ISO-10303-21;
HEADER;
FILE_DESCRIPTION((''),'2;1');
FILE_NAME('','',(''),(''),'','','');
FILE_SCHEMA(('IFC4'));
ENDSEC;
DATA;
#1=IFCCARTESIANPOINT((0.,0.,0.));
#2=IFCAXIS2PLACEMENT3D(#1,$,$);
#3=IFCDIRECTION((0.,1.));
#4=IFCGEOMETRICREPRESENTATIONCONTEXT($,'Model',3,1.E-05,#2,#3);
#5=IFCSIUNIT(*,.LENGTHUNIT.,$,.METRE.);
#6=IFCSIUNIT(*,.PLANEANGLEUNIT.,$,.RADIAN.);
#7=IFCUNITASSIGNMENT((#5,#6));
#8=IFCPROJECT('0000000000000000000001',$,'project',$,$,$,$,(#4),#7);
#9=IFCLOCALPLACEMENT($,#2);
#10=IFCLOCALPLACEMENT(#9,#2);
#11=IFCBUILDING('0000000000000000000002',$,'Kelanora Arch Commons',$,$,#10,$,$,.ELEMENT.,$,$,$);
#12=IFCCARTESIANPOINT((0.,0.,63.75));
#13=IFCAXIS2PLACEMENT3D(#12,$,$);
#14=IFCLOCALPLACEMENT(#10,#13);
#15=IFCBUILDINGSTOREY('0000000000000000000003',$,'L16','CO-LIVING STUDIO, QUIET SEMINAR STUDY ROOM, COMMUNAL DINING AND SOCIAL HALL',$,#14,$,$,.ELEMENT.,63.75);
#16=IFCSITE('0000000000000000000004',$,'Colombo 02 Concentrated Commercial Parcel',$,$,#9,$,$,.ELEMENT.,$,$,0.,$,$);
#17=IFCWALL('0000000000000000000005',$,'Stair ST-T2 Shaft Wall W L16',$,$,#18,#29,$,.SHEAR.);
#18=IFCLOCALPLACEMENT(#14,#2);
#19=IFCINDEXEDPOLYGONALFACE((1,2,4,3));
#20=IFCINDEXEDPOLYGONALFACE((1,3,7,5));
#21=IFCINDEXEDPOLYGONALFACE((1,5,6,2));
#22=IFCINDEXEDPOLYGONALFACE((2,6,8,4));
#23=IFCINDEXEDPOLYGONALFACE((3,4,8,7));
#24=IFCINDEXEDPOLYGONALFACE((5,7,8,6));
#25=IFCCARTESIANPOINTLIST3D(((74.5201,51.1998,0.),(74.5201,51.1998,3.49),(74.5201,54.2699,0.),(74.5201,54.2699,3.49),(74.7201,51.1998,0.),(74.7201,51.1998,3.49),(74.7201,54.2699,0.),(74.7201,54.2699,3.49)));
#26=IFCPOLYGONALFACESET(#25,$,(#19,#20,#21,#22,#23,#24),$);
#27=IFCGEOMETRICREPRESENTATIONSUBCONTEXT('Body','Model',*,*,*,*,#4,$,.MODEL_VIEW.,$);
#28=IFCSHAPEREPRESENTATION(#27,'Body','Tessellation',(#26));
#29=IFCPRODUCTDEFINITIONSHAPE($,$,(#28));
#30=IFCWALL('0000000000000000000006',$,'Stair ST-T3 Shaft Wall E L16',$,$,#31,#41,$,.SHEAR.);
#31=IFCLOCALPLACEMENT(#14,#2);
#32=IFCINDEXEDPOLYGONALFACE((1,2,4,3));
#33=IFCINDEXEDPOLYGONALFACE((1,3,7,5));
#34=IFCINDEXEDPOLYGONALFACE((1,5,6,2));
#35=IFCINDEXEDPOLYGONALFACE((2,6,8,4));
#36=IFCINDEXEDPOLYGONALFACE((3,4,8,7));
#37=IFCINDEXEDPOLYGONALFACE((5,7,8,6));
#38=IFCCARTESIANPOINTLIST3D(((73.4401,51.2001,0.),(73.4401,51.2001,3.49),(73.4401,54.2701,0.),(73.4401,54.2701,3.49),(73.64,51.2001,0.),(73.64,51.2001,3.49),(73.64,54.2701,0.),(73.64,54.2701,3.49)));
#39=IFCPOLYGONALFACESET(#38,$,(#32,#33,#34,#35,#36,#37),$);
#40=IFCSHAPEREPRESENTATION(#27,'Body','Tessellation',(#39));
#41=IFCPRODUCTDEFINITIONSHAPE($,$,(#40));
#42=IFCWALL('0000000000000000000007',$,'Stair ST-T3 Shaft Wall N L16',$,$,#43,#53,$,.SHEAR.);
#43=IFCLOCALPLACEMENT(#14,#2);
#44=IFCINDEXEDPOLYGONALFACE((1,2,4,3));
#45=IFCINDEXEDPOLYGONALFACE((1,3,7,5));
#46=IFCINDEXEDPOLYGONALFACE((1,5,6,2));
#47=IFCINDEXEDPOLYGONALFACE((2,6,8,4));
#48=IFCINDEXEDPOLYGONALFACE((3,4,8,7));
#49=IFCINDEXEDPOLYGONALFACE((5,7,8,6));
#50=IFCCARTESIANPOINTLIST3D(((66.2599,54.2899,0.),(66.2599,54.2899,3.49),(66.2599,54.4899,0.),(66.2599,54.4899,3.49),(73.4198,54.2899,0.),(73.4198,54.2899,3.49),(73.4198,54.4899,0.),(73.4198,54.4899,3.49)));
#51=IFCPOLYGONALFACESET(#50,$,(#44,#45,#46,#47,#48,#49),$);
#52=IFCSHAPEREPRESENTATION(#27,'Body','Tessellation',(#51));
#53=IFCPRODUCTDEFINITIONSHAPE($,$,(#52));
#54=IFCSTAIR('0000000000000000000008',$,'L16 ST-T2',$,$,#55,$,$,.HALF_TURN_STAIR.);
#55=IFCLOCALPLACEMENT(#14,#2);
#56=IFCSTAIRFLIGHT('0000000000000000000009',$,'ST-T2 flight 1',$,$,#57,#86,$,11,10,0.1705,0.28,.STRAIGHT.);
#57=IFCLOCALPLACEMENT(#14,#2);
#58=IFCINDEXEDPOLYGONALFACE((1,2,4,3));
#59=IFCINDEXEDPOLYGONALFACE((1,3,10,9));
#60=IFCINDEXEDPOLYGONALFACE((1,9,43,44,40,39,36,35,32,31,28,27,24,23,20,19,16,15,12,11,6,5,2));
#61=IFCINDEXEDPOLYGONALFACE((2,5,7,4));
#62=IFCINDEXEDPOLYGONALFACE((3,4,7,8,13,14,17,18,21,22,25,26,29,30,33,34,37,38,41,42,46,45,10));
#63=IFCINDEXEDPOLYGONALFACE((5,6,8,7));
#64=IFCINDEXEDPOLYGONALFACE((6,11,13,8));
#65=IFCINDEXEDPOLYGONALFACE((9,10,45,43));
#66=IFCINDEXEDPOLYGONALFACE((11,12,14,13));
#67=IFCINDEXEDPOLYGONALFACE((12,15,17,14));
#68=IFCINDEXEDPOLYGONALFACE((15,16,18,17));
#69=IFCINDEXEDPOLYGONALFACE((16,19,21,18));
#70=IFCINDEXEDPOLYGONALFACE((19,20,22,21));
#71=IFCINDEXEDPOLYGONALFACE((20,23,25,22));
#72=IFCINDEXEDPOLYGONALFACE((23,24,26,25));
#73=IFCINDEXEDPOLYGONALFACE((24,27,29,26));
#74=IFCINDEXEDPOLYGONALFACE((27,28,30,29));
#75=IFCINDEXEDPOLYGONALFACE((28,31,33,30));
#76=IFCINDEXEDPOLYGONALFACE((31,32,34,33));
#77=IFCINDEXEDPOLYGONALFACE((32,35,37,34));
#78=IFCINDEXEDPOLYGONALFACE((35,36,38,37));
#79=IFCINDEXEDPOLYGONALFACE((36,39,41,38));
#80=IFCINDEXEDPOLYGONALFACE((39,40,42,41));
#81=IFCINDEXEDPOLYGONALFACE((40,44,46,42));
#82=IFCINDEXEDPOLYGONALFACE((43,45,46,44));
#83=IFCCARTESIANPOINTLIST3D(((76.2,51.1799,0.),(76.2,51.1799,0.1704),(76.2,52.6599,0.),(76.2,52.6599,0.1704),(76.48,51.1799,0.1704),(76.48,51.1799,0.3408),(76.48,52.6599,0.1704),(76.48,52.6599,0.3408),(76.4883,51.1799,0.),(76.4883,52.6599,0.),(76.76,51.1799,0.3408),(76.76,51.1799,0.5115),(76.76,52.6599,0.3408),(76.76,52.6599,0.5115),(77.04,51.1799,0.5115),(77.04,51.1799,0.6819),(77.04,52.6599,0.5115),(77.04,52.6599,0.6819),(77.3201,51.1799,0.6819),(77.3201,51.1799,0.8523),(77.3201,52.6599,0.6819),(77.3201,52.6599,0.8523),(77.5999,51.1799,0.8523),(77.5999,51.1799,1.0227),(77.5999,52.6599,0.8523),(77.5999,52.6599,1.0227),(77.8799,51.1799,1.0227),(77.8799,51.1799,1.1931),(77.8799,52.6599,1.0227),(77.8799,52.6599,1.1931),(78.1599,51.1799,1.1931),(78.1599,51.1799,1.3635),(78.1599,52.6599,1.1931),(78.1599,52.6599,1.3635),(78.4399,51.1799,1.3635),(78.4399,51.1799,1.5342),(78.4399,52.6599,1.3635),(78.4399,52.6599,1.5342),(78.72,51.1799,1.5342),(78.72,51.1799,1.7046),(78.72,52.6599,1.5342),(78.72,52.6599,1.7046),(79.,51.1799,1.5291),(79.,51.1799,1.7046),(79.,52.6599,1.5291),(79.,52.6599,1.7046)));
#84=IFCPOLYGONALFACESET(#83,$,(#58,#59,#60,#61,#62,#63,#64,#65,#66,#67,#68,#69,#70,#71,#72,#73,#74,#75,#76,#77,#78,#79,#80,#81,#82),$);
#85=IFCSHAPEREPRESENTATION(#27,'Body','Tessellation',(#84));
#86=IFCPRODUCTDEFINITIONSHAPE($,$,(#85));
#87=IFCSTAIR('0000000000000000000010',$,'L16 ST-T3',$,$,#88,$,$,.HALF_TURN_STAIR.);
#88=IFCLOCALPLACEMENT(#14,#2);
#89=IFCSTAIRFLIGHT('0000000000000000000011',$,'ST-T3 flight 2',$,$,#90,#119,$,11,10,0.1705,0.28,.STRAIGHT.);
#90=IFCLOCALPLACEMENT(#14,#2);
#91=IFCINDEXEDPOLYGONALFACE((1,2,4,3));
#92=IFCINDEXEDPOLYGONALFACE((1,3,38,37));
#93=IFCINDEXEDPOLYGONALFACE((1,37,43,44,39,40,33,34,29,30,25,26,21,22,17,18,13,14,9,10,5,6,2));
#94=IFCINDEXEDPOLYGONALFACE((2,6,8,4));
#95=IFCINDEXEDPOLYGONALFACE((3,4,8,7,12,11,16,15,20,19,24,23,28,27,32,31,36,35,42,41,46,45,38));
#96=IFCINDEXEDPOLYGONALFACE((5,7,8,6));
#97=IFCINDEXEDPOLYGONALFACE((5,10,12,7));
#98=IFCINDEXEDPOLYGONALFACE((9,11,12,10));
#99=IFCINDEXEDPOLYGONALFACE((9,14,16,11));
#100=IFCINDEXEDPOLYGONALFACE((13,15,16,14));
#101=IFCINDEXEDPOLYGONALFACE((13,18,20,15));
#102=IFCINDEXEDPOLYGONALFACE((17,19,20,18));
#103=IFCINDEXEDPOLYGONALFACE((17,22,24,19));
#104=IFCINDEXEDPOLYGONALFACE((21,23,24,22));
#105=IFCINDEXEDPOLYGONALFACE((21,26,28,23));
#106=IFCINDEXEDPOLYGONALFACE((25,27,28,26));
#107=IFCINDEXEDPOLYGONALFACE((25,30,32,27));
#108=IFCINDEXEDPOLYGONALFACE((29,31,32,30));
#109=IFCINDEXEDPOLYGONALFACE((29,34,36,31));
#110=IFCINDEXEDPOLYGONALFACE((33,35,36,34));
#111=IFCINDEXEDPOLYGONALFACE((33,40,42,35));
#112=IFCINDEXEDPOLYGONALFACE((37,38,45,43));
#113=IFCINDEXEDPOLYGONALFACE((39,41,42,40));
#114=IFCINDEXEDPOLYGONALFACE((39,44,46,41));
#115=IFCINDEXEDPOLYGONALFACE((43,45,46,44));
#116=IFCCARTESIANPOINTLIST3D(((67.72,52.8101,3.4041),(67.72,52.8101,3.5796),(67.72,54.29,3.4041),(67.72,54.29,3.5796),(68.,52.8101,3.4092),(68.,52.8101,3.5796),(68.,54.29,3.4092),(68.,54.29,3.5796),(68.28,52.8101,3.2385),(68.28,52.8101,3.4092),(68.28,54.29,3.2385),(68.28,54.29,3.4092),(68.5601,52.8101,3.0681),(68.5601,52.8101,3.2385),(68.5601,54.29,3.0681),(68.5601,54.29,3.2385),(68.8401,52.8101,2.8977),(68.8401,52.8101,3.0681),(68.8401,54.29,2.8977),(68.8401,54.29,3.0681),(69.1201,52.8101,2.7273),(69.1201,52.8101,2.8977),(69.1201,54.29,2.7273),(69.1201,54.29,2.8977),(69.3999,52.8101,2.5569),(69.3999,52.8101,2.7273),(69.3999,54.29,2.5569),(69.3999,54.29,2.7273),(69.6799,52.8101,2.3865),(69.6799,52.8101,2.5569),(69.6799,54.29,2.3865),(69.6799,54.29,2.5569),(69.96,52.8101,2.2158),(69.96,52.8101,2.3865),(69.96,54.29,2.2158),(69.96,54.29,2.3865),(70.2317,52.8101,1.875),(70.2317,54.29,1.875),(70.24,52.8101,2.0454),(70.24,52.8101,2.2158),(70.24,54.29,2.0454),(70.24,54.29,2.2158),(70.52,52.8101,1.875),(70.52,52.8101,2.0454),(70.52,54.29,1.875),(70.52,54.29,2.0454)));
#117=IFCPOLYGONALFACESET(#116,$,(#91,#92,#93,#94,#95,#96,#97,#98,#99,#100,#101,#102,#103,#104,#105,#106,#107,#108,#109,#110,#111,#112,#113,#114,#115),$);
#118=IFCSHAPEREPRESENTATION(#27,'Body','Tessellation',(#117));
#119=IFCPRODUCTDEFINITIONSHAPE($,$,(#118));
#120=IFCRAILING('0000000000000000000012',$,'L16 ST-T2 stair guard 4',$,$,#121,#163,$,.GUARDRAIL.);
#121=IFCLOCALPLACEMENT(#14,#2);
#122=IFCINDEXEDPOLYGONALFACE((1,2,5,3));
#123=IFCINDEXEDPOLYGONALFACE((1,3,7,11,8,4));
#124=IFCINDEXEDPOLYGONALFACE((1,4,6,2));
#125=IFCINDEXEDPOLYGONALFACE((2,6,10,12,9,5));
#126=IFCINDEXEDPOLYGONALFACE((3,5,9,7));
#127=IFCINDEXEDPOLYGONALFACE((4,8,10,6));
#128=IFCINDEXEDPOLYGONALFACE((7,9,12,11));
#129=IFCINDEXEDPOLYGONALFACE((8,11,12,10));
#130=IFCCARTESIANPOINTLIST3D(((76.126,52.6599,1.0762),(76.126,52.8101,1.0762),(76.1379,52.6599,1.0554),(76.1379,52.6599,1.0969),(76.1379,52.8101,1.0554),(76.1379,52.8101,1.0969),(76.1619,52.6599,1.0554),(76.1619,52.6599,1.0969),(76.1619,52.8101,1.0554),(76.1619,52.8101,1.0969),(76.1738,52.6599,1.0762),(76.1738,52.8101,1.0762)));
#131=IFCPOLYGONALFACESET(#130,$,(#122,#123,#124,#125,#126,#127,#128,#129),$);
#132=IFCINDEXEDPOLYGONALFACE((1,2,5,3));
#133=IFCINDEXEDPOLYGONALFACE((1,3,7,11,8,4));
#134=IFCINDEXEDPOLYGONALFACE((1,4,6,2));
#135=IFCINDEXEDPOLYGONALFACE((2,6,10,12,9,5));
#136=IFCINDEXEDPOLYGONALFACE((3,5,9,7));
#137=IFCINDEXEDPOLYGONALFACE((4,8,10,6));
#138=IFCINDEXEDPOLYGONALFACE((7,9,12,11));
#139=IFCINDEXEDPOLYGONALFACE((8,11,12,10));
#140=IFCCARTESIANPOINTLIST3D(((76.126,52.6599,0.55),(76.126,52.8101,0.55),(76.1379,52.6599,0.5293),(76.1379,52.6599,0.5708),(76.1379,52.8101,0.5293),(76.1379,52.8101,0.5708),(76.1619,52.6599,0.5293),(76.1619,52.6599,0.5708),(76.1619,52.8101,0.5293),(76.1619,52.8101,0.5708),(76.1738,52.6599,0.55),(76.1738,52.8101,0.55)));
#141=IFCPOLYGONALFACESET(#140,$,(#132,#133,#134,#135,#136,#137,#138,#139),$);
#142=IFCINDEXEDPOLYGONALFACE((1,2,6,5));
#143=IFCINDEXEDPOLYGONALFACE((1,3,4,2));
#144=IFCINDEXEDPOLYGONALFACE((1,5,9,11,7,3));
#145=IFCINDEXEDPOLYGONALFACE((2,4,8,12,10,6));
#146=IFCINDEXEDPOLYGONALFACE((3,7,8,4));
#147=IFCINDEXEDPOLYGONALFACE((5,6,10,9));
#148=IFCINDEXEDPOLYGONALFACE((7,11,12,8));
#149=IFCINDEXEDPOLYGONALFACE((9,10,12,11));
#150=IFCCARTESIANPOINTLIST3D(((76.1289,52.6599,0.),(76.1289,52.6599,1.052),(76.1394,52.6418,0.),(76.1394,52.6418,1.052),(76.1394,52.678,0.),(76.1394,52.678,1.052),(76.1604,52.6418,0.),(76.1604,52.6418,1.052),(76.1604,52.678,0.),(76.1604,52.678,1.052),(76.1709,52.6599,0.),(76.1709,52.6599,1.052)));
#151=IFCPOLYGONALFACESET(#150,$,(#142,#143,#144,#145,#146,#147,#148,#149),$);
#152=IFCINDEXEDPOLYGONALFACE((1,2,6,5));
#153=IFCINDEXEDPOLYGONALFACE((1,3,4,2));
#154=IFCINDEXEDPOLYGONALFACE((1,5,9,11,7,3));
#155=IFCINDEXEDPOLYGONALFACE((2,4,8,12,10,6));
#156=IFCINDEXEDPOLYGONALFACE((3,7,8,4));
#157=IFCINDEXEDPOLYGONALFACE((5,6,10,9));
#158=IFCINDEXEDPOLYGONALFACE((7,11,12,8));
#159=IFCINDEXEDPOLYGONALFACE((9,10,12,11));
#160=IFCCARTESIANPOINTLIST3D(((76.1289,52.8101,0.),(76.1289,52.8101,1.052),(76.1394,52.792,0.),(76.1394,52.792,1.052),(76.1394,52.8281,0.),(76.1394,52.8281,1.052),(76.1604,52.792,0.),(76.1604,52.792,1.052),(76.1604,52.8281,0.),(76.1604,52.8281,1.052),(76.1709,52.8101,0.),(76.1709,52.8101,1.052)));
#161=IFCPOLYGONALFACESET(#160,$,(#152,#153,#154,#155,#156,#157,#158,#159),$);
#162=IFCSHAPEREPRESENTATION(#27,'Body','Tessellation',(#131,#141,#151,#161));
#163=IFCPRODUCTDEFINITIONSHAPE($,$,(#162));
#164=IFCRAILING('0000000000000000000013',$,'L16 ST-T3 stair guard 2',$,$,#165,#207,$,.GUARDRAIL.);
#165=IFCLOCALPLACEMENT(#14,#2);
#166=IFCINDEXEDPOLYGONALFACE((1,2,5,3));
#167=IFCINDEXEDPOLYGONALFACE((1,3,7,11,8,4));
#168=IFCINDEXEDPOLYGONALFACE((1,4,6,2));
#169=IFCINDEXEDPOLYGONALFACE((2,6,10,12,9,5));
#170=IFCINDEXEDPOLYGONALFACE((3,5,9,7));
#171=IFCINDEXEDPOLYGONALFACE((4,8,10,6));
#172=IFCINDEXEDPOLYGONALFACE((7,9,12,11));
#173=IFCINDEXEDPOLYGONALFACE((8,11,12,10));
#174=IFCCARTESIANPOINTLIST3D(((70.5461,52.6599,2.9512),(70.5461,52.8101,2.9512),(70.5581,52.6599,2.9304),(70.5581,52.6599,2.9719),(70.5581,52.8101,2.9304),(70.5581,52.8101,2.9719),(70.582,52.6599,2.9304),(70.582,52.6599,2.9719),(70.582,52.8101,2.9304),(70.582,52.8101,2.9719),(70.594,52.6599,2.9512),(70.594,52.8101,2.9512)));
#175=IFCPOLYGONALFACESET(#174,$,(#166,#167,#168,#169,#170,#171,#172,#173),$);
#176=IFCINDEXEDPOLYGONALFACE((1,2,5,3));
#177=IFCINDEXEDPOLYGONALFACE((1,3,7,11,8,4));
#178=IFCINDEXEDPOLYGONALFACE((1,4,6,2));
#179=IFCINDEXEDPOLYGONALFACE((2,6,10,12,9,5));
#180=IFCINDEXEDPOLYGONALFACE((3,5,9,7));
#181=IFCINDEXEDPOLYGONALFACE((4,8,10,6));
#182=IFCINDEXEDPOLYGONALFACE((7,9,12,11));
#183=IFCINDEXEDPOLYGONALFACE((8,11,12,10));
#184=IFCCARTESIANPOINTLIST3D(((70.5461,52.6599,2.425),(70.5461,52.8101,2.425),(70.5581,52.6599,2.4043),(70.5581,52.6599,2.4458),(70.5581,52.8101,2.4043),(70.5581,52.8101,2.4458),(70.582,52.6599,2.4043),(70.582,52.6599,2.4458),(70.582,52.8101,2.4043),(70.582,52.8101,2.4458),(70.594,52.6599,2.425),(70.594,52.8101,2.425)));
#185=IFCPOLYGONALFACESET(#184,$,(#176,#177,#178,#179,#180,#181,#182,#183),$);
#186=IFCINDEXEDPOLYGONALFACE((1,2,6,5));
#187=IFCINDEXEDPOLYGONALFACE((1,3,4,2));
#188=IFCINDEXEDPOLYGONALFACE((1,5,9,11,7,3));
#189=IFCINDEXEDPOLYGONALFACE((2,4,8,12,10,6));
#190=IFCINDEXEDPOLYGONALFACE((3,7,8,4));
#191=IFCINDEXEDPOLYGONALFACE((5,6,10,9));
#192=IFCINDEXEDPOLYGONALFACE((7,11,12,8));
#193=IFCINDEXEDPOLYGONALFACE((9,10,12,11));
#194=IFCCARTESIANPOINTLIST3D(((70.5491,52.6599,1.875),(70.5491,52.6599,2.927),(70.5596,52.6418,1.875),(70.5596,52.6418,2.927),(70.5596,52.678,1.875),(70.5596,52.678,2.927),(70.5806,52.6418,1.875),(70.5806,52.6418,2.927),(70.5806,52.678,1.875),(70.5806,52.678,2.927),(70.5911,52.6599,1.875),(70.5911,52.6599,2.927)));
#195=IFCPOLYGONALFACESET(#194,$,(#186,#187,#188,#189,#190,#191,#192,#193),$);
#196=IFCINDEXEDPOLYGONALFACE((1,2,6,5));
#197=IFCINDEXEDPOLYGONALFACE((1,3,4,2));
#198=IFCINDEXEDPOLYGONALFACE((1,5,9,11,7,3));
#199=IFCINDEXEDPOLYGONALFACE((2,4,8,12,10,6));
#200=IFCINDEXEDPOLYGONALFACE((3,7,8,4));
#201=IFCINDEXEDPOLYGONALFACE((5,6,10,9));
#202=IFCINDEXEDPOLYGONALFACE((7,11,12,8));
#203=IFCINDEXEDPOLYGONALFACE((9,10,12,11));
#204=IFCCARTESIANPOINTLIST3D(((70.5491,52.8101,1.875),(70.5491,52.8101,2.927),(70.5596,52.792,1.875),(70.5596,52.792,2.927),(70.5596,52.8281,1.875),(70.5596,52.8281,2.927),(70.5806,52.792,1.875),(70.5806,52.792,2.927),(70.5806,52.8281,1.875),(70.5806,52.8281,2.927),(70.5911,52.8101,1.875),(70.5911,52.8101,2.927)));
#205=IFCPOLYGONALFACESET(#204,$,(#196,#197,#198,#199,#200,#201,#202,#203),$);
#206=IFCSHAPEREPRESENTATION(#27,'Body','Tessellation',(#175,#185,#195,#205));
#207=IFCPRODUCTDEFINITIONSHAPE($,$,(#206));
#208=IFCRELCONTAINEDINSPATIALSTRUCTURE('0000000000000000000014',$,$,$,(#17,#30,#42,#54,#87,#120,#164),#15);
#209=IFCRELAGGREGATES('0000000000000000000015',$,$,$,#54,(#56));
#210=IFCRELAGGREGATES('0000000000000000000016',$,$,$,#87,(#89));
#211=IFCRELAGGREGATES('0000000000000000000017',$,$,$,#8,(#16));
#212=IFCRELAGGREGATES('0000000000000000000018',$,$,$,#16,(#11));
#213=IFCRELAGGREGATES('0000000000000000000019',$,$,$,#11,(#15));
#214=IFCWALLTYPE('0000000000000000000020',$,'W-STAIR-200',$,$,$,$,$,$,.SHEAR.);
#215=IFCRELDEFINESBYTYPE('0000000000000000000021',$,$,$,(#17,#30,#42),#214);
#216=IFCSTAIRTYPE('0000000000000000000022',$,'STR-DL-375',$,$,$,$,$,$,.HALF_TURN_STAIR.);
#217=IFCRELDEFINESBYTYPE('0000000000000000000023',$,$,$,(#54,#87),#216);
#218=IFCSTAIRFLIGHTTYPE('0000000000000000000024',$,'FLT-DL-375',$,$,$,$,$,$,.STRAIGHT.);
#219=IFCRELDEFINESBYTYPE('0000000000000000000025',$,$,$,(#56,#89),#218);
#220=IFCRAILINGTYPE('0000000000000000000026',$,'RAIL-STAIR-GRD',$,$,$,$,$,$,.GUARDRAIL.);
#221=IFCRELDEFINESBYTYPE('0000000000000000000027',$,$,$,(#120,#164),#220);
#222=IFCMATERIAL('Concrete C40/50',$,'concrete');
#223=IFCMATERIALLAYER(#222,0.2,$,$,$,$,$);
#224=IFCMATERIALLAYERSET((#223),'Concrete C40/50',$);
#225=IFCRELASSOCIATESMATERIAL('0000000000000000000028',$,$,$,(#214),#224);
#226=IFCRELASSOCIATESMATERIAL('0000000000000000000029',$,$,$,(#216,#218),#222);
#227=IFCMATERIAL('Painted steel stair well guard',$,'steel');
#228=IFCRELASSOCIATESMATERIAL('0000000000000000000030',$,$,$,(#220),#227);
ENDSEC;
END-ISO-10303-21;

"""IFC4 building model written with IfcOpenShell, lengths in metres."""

from ifc_helpers import new_model, si_unit, direction, frame, frame_2d, origin, place, context, subcontext, project, spatial, polyline, rectangle, outline, extrude, material, layer, layer_set, type_object, element, aggregate, save


model = new_model("IFC4")

# Units and contexts
model_context = context("Model", 3, precision=1e-05, world=origin(), true_north=direction((0.0, 1.0)))
body_context = subcontext(model_context, "Body", "Model", "MODEL_VIEW")
ifc_project = project(units=[si_unit("LENGTHUNIT", "METRE"), si_unit("PLANEANGLEUNIT", "RADIAN")], contexts=[model_context])

# Site, building, storey
site_placement = place(None, origin())
site = spatial("IfcSite", under=ifc_project, at=site_placement, Name="Colombo 02 Concentrated Commercial Parcel", CompositionType="ELEMENT", RefElevation=0.0)
building_placement = place(site_placement, origin())
building = spatial("IfcBuilding", under=site, at=building_placement, Name="Kelanora Arch Commons", CompositionType="ELEMENT")
storey_placement = place(building_placement, frame((0.0, 0.0, 63.75)))
storey = spatial("IfcBuildingStorey", under=building, at=storey_placement, Name="L16", Description="CO-LIVING STUDIO, QUIET SEMINAR STUDY ROOM, COMMUNAL DINING AND SOCIAL HALL", CompositionType="ELEMENT", Elevation=63.75)

# Shared definitions
ifc_material_1 = material(Name="Concrete C40/50", Category="concrete")
ifc_layer_1 = layer(ifc_material_1, 0.2)
ifc_layer_set_1 = layer_set([ifc_layer_1], Name="Concrete C40/50")
wall_type_1 = type_object("IfcWallType", Name="W-STAIR-200", PredefinedType="SHEAR", material=ifc_layer_set_1)

# Walls
for number, where, z_axis, x_axis, name in (
    (1, (74.6201, 54.27, 0.0), (0.0, 0.0, 1.0), (0.0, -1.0, 0.0), "Stair ST-T2 Shaft Wall W L16"),
    (2, (73.54, 51.2, 0.0), (0.0, 0.0, 1.0), (0.0, 1.0, 0.0), "Stair ST-T3 Shaft Wall E L16"),
):
    element("IfcWall", number, at=place(storey_placement, frame(where, z_axis=z_axis, x_axis=x_axis)), inside=storey, type_object=wall_type_1, Name=name, PredefinedType="SHEAR", context=body_context, shape_type="SweptSolid", body=[
        extrude(rectangle(XDim=3.0701, YDim=0.2, at=frame_2d((1.5352, 0.0))), origin(), (0.0, 0.0, 1.0), 3.49),
    ])
wall_1_placement = place(storey_placement, frame((73.4199, 54.3899, 0.0), z_axis=(0.0, 0.0, 1.0), x_axis=(-1.0, 0.0, 0.0)))
element("IfcWall", 3, at=wall_1_placement, inside=storey, type_object=wall_type_1, Name="Stair ST-T3 Shaft Wall N L16", PredefinedType="SHEAR", context=body_context, shape_type="SweptSolid", body=[
    extrude(rectangle(XDim=7.1599, YDim=0.2, at=frame_2d((3.5801, 0.0))), origin(), (0.0, 0.0, 1.0), 3.49),
])

# Stairs, stair flights
stair_type = type_object("IfcStairType", Name="STR-DL-375", PredefinedType="HALF_TURN_STAIR", material=ifc_material_1)
stair_1_placement = place(storey_placement, origin())
stair_1 = element("IfcStair", 4, at=stair_1_placement, inside=storey, type_object=stair_type, Name="L16 ST-T2", PredefinedType="HALF_TURN_STAIR")
stair_flight_type = type_object("IfcStairFlightType", Name="FLT-DL-375", PredefinedType="STRAIGHT", material=ifc_material_1)
stair_flight_1_placement = place(storey_placement, frame((76.2, 51.9199, 0.0), z_axis=(0.0, 0.0, 1.0), x_axis=(1.0, 0.0, 0.0)))
stair_flight_1 = element("IfcStairFlight", 5, at=stair_flight_1_placement, type_object=stair_flight_type, Name="ST-T2 flight 1", NumberOfRisers=11, NumberOfTreads=10, PredefinedType="STRAIGHT", RiserHeight=0.1705, TreadLength=0.28, context=body_context, shape_type="SweptSolid", body=[
    extrude(outline(polyline([(0.0, 0.0), (0.0, 0.1704), (0.28, 0.1704), (0.28, 0.3408), (0.5601, 0.3408), (0.5601, 0.5115), (0.8401, 0.5115), (0.8401, 0.6819), (1.1201, 0.6819), (1.1201, 0.8523), (1.3999, 0.8523), (1.3999, 1.0227), (1.6799, 1.0227), (1.6799, 1.1931), (1.96, 1.1931), (1.96, 1.3635), (2.24, 1.3635), (2.24, 1.5342), (2.52, 1.5342), (2.52, 1.7046), (2.8, 1.7046), (2.8, 1.875), (2.8, 1.5291), (0.2883, 0.0), (0.0, 0.0)])), frame((0.0, 0.74, 0.0), z_axis=(0.0, -1.0, 0.0), x_axis=(1.0, 0.0, 0.0)), (0.0, 0.0, 1.0), 1.48),
])
aggregate(stair_1, [stair_flight_1])
stair_2_placement = place(storey_placement, origin())
stair_2 = element("IfcStair", 6, at=stair_2_placement, inside=storey, type_object=stair_type, Name="L16 ST-T3", PredefinedType="HALF_TURN_STAIR")
stair_flight_2_placement = place(storey_placement, frame((70.52, 53.55, 1.875), z_axis=(0.0, 0.0, 1.0), x_axis=(-1.0, 0.0, 0.0)))
stair_flight_2 = element("IfcStairFlight", 7, at=stair_flight_2_placement, type_object=stair_flight_type, Name="ST-T3 flight 2", NumberOfRisers=11, NumberOfTreads=10, PredefinedType="STRAIGHT", RiserHeight=0.1705, TreadLength=0.28, context=body_context, shape_type="SweptSolid", body=[
    extrude(outline(polyline([(0.0, 0.0), (0.0, 0.1704), (0.28, 0.1704), (0.28, 0.3408), (0.5601, 0.3408), (0.5601, 0.5115), (0.8401, 0.5115), (0.8401, 0.6819), (1.1201, 0.6819), (1.1201, 0.8523), (1.3999, 0.8523), (1.3999, 1.0227), (1.6799, 1.0227), (1.6799, 1.1931), (1.96, 1.1931), (1.96, 1.3635), (2.24, 1.3635), (2.24, 1.5342), (2.52, 1.5342), (2.52, 1.7046), (2.8, 1.7046), (2.8, 1.875), (2.8, 1.5291), (0.2883, 0.0), (0.0, 0.0)])), frame((0.0, 0.74, 0.0), z_axis=(0.0, -1.0, 0.0), x_axis=(1.0, 0.0, 0.0)), (0.0, 0.0, 1.0), 1.48),
])
aggregate(stair_2, [stair_flight_2])

# Railings
ifc_material_2 = material(Name="Painted steel stair well guard", Category="steel")
railing_type_1 = type_object("IfcRailingType", Name="RAIL-STAIR-GRD", PredefinedType="GUARDRAIL", material=ifc_material_2)
for number, where, name in (
    (8, (76.1499, 52.6599, 0.0), "L16 ST-T2 stair guard 4"),
    (9, (70.5701, 52.6599, 1.875), "L16 ST-T3 stair guard 2"),
):
    element("IfcRailing", number, at=place(storey_placement, frame(where)), inside=storey, type_object=railing_type_1, Name=name, PredefinedType="GUARDRAIL", context=body_context, shape_type="SweptSolid", body=[
        extrude(outline(polyline([(0.0239, 0.0), (0.012, 0.0208), (-0.012, 0.0208), (-0.0239, 0.0), (-0.012, -0.0208), (0.012, -0.0208), (0.0239, 0.0)])), frame((0.0, 0.0, 1.0762), z_axis=(0.0, 1.0, 0.0), x_axis=(-1.0, 0.0, 0.0)), (0.0, 0.0, 1.0), 0.1501),
        extrude(outline(polyline([(0.0239, 0.0), (0.012, 0.0208), (-0.012, 0.0208), (-0.0239, 0.0), (-0.012, -0.0208), (0.012, -0.0208), (0.0239, 0.0)])), frame((0.0, 0.0, 0.55), z_axis=(0.0, 1.0, 0.0), x_axis=(-1.0, 0.0, 0.0)), (0.0, 0.0, 1.0), 0.1501),
        extrude(outline(polyline([(0.021, 0.0), (0.0105, 0.0181), (-0.0105, 0.0181), (-0.021, 0.0), (-0.0105, -0.0181), (0.0105, -0.0181), (0.021, 0.0)])), origin(), (0.0, 0.0, 1.0), 1.052),
        extrude(outline(polyline([(0.021, 0.0), (0.0105, 0.0181), (-0.0105, 0.0181), (-0.021, 0.0), (-0.0105, -0.0181), (0.0105, -0.0181), (0.021, 0.0)])), frame((0.0, 0.1501, 0.0)), (0.0, 0.0, 1.0), 1.052),
    ])

save(model, "model.ifc")
